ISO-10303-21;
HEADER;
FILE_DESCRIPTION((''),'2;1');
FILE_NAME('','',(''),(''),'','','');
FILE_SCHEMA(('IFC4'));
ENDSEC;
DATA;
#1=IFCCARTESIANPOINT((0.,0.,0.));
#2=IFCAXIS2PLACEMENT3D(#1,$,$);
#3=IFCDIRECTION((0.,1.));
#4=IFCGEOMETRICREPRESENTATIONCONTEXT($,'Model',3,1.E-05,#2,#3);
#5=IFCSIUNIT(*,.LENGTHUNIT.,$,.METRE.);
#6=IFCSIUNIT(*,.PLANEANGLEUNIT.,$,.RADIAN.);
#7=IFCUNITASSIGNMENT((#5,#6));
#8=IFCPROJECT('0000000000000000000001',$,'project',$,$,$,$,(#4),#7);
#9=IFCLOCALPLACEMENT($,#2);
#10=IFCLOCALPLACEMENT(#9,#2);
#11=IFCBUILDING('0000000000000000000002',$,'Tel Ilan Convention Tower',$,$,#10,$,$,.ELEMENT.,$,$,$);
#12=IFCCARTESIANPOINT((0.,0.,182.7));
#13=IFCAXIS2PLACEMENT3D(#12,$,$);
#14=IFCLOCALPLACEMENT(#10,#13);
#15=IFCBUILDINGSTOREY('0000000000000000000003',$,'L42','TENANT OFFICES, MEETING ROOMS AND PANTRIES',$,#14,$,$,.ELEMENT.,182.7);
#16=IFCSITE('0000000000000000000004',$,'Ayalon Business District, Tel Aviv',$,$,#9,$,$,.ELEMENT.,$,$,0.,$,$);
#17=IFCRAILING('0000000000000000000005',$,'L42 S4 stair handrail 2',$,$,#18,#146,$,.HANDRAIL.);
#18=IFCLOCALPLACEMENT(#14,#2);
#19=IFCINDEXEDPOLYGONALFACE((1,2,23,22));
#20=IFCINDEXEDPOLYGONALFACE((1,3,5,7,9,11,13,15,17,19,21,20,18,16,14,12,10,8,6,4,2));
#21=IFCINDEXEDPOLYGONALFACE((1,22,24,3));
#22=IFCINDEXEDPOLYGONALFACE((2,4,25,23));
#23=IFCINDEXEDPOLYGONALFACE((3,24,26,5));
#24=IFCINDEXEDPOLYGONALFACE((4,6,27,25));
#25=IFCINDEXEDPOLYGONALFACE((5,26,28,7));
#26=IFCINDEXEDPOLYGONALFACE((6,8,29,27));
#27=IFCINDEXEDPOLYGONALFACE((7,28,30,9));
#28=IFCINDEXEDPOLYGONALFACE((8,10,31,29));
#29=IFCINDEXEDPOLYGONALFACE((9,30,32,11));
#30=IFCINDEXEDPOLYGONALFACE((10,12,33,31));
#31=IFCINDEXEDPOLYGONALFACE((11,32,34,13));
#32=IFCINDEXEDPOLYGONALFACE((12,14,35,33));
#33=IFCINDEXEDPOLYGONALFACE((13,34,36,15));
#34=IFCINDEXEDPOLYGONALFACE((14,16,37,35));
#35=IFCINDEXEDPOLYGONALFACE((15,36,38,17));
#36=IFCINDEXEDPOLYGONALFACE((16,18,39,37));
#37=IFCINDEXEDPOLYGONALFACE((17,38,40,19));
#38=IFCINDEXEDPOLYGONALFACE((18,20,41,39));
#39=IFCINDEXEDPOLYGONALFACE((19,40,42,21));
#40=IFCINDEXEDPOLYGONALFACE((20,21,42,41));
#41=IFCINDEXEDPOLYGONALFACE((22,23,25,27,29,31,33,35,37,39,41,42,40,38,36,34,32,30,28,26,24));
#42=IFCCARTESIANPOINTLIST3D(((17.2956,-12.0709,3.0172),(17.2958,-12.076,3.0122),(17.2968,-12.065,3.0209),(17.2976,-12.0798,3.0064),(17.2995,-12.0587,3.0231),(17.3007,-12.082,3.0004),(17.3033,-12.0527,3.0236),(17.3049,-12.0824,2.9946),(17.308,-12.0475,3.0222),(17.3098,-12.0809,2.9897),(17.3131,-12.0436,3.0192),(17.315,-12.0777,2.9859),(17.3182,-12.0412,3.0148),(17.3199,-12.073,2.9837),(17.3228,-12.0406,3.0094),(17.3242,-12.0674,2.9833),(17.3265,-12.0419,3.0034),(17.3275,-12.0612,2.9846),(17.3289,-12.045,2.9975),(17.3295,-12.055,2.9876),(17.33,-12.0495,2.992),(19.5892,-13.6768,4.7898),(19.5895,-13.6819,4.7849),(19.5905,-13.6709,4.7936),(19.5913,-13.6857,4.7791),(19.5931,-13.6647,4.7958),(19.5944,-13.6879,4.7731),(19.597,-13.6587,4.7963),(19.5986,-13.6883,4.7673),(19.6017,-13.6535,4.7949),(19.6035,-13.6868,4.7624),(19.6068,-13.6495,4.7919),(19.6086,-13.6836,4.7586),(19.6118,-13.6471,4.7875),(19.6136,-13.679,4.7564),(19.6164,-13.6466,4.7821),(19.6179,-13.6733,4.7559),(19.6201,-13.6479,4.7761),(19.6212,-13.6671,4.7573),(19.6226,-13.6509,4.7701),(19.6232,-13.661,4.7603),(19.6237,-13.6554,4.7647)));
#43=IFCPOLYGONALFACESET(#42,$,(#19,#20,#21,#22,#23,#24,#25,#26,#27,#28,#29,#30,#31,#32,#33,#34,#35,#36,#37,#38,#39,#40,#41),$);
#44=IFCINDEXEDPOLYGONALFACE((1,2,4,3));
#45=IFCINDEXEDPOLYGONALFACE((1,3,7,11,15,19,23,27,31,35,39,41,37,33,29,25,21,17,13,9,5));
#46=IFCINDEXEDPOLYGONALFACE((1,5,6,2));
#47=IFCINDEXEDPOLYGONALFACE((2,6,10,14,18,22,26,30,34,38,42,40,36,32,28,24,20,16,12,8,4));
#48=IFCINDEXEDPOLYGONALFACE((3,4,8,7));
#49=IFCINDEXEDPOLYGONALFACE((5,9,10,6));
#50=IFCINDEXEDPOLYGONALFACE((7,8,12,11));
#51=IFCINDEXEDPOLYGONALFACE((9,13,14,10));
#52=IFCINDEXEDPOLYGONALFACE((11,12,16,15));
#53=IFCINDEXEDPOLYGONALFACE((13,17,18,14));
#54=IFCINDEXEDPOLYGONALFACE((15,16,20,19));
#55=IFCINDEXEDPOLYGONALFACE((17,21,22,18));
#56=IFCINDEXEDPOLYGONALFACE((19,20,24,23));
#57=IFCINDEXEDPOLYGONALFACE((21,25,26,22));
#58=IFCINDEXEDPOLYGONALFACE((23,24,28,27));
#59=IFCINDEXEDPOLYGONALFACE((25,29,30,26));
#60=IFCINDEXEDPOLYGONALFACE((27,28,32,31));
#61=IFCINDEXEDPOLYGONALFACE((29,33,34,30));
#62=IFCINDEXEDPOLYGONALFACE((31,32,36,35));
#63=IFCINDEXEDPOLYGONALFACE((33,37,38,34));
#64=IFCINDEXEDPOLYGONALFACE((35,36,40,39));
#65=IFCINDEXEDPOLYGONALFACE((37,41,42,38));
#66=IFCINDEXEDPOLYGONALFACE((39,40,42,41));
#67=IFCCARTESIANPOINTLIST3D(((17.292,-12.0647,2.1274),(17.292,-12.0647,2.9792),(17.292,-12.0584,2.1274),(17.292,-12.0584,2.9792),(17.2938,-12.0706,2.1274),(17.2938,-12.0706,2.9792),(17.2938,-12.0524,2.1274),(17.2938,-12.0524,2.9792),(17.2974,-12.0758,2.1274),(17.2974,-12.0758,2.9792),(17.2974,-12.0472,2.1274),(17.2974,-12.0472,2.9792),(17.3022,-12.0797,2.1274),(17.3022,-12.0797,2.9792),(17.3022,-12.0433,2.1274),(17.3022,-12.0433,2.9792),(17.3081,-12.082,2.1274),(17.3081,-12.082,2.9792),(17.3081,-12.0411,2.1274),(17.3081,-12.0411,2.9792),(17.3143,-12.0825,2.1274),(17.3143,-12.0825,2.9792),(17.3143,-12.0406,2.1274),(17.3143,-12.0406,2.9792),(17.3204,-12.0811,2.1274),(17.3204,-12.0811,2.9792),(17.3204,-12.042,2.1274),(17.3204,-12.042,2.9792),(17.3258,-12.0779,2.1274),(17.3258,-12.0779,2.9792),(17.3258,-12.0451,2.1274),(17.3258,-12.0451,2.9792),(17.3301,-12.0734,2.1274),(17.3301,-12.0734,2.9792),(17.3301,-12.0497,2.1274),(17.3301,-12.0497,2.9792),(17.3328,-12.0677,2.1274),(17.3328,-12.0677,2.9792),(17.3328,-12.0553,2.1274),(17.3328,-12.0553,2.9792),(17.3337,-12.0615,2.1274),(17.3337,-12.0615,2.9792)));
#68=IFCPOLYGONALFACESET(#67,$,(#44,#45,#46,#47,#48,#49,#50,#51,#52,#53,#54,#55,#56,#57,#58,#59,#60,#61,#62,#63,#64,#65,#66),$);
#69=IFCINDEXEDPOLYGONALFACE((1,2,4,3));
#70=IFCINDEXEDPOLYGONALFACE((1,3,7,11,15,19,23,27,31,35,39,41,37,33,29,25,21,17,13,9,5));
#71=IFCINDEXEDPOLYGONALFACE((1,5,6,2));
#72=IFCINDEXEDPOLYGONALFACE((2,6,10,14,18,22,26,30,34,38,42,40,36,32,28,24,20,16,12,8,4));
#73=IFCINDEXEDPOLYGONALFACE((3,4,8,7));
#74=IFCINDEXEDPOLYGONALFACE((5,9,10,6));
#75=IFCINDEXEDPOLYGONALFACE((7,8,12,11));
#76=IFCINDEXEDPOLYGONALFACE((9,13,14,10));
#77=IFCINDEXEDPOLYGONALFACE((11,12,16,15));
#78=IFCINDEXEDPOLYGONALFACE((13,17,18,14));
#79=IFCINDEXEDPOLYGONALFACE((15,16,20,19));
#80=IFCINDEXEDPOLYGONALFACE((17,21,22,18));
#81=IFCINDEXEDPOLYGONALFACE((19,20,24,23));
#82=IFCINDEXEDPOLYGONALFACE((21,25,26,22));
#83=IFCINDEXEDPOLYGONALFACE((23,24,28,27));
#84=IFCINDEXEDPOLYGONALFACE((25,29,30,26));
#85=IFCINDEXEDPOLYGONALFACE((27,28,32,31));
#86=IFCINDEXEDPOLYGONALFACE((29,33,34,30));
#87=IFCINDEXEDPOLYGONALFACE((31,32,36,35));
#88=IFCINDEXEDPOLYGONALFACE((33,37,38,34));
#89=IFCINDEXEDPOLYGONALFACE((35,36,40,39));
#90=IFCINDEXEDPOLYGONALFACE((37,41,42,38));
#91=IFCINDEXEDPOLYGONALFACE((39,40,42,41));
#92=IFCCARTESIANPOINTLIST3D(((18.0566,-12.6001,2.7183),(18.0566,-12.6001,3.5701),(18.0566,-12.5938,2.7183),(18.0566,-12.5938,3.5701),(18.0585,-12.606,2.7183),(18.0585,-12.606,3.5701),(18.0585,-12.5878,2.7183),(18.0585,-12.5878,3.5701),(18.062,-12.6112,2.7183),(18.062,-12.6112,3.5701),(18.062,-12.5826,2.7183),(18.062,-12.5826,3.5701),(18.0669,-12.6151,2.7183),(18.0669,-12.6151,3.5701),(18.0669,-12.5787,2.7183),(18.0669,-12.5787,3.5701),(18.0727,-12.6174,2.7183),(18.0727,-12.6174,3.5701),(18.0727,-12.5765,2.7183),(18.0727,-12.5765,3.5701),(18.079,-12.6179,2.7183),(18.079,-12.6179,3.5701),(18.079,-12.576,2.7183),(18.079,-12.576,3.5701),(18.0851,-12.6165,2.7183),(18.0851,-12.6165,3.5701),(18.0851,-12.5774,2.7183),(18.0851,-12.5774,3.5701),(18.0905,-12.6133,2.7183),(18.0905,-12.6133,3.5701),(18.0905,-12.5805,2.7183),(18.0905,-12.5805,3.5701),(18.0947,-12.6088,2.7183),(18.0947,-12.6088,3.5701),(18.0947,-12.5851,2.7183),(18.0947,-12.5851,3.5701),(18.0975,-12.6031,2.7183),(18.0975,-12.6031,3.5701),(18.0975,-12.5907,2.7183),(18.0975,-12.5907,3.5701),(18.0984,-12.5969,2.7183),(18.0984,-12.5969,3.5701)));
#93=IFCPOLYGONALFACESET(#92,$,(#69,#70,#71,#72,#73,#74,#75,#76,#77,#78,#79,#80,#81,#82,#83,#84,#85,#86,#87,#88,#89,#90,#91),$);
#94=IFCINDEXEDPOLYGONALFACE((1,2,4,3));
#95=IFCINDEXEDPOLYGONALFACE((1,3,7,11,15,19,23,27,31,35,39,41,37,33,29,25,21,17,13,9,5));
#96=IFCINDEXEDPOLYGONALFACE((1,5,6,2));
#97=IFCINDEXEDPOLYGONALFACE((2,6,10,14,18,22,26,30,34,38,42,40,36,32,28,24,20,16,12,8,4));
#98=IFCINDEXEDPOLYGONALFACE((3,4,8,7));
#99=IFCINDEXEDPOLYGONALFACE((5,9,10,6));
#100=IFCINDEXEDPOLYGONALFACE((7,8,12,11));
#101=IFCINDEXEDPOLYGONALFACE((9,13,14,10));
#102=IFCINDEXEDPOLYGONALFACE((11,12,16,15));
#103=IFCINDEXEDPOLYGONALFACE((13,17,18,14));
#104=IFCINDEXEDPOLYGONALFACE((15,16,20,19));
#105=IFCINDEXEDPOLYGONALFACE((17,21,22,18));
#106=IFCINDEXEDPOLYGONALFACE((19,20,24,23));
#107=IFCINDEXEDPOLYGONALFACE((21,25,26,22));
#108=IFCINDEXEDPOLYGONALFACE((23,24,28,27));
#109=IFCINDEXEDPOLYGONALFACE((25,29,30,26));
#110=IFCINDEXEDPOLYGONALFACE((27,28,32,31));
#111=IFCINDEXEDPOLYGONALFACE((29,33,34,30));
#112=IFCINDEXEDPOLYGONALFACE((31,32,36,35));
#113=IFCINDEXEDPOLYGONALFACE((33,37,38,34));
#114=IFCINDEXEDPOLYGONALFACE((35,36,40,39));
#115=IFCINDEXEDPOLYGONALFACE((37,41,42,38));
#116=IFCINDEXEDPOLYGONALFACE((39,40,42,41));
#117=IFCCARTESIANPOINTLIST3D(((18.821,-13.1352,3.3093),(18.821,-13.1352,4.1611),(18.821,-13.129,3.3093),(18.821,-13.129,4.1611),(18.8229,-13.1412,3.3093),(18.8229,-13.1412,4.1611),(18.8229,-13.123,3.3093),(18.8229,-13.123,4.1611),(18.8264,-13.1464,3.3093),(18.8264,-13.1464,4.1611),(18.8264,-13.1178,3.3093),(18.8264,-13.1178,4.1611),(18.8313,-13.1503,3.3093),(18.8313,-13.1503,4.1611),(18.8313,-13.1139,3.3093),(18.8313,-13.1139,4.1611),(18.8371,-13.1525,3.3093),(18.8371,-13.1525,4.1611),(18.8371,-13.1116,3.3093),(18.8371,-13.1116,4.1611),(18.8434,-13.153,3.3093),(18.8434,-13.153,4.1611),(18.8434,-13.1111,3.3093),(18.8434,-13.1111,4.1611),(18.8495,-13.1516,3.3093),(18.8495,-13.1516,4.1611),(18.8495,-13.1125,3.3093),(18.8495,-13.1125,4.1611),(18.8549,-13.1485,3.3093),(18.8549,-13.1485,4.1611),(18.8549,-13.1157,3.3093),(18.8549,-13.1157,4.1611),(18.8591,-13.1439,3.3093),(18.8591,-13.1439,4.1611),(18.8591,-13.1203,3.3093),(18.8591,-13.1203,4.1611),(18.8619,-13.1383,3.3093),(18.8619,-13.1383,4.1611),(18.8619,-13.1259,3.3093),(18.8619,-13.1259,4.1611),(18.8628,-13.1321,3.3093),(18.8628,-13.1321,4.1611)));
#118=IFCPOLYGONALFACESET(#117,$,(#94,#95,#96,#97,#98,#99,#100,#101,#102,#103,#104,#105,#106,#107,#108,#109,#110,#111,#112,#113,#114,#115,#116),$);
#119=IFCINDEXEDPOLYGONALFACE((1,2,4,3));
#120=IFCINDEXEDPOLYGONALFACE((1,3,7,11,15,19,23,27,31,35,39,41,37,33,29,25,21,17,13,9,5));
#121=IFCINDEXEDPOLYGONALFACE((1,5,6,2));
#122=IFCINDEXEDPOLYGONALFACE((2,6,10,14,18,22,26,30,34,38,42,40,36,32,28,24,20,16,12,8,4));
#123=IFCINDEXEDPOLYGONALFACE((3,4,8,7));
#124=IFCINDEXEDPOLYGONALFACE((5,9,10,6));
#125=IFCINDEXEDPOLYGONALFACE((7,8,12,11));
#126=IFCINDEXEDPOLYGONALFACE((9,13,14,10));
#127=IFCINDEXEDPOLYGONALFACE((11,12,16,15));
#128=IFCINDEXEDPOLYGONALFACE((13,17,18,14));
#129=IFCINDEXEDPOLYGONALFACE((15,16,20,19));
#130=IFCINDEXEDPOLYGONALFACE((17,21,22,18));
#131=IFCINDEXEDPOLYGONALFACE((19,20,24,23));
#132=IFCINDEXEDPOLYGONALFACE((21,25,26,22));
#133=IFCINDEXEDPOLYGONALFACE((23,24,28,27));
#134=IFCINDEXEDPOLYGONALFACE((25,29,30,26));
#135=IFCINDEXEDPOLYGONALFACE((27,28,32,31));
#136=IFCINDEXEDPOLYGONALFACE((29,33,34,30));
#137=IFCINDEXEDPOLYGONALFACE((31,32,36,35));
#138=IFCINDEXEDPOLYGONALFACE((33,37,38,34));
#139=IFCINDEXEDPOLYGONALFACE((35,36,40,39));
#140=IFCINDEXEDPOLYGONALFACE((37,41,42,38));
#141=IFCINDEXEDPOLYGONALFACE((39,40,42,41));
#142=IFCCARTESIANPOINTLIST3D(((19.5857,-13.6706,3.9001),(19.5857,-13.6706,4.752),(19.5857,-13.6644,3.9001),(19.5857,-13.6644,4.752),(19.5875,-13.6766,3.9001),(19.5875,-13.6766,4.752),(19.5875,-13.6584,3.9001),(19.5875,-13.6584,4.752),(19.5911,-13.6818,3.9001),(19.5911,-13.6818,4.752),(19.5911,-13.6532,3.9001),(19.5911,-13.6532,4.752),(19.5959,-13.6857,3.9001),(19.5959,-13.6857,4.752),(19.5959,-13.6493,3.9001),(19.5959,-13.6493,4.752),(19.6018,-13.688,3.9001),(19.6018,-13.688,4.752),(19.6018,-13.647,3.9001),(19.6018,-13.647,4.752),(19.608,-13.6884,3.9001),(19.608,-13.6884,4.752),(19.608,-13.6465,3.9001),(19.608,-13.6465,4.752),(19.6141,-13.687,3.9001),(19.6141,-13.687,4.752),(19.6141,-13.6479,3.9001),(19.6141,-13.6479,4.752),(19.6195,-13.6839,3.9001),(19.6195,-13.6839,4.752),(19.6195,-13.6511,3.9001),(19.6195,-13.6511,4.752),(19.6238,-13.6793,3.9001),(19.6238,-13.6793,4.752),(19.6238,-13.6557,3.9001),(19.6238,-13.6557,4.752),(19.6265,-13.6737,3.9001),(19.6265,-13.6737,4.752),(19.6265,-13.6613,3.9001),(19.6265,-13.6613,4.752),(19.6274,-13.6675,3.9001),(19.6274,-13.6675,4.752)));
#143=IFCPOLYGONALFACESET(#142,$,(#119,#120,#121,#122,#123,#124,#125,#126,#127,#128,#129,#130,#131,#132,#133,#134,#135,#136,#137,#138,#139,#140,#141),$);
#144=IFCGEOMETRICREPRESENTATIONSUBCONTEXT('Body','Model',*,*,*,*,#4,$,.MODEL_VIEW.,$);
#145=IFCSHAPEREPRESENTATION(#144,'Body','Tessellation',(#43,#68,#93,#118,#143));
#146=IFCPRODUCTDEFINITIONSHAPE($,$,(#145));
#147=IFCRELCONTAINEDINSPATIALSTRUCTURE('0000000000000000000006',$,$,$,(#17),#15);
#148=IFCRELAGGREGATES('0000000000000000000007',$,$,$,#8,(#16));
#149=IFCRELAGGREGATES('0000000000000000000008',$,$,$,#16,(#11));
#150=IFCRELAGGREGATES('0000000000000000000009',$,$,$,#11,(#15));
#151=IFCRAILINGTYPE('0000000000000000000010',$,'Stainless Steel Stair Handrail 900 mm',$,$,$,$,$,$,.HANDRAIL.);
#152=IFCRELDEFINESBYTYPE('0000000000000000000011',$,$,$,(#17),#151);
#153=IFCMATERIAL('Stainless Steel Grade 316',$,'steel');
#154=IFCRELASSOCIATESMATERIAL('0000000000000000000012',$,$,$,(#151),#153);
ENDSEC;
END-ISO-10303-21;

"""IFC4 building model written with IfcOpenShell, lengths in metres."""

from ifc_helpers import new_model, si_unit, direction, frame, origin, origin_2d, place, context, subcontext, project, spatial, circle, extrude, material, type_object, element, save


model = new_model("IFC4")

# Units and contexts
model_context = context("Model", 3, precision=1e-05, world=origin(), true_north=direction((0.0, 1.0)))
body_context = subcontext(model_context, "Body", "Model", "MODEL_VIEW")
ifc_project = project(units=[si_unit("LENGTHUNIT", "METRE"), si_unit("PLANEANGLEUNIT", "RADIAN")], contexts=[model_context])

# Site, building, storey
site_placement = place(None, origin())
site = spatial("IfcSite", under=ifc_project, at=site_placement, Name="Ayalon Business District, Tel Aviv", CompositionType="ELEMENT", RefElevation=0.0)
building_placement = place(site_placement, origin())
building = spatial("IfcBuilding", under=site, at=building_placement, Name="Tel Ilan Convention Tower", CompositionType="ELEMENT")
storey_placement = place(building_placement, frame((0.0, 0.0, 182.7)))
storey = spatial("IfcBuildingStorey", under=building, at=storey_placement, Name="L42", Description="TENANT OFFICES, MEETING ROOMS AND PANTRIES", CompositionType="ELEMENT", Elevation=182.7)

# Railing
ifc_material_1 = material(Name="Stainless Steel Grade 316", Category="steel")
railing_type_1 = type_object("IfcRailingType", Name="Stainless Steel Stair Handrail 900 mm", PredefinedType="HANDRAIL", material=ifc_material_1)
railing_1_placement = place(storey_placement, frame((17.3127, -12.0615, 2.1274)))
element("IfcRailing", 1, at=railing_1_placement, inside=storey, type_object=railing_type_1, Name="L42 S4 stair handrail 2", PredefinedType="HANDRAIL", context=body_context, shape_type="SweptSolid", body=[
    extrude(circle(Radius=0.0239, at=origin_2d()), frame((0.0, 0.0, 0.876), z_axis=(0.692123, -0.484597, 0.534913), x_axis=(0.57355, 0.81917, 0.0)), (0.0, 0.0, 1.0), 3.314),
    extrude(circle(Radius=0.021, at=origin_2d()), origin(), (0.0, 0.0, 1.0), 0.8518),
    extrude(circle(Radius=0.021, at=origin_2d()), frame((0.7646, -0.5354, 0.5908)), (0.0, 0.0, 1.0), 0.8518),
    extrude(circle(Radius=0.021, at=origin_2d()), frame((1.5291, -1.0706, 1.1819)), (0.0, 0.0, 1.0), 0.8518),
    extrude(circle(Radius=0.021, at=origin_2d()), frame((2.2937, -1.606, 1.7727)), (0.0, 0.0, 1.0), 0.8518),
])

save(model, "model.ifc")
